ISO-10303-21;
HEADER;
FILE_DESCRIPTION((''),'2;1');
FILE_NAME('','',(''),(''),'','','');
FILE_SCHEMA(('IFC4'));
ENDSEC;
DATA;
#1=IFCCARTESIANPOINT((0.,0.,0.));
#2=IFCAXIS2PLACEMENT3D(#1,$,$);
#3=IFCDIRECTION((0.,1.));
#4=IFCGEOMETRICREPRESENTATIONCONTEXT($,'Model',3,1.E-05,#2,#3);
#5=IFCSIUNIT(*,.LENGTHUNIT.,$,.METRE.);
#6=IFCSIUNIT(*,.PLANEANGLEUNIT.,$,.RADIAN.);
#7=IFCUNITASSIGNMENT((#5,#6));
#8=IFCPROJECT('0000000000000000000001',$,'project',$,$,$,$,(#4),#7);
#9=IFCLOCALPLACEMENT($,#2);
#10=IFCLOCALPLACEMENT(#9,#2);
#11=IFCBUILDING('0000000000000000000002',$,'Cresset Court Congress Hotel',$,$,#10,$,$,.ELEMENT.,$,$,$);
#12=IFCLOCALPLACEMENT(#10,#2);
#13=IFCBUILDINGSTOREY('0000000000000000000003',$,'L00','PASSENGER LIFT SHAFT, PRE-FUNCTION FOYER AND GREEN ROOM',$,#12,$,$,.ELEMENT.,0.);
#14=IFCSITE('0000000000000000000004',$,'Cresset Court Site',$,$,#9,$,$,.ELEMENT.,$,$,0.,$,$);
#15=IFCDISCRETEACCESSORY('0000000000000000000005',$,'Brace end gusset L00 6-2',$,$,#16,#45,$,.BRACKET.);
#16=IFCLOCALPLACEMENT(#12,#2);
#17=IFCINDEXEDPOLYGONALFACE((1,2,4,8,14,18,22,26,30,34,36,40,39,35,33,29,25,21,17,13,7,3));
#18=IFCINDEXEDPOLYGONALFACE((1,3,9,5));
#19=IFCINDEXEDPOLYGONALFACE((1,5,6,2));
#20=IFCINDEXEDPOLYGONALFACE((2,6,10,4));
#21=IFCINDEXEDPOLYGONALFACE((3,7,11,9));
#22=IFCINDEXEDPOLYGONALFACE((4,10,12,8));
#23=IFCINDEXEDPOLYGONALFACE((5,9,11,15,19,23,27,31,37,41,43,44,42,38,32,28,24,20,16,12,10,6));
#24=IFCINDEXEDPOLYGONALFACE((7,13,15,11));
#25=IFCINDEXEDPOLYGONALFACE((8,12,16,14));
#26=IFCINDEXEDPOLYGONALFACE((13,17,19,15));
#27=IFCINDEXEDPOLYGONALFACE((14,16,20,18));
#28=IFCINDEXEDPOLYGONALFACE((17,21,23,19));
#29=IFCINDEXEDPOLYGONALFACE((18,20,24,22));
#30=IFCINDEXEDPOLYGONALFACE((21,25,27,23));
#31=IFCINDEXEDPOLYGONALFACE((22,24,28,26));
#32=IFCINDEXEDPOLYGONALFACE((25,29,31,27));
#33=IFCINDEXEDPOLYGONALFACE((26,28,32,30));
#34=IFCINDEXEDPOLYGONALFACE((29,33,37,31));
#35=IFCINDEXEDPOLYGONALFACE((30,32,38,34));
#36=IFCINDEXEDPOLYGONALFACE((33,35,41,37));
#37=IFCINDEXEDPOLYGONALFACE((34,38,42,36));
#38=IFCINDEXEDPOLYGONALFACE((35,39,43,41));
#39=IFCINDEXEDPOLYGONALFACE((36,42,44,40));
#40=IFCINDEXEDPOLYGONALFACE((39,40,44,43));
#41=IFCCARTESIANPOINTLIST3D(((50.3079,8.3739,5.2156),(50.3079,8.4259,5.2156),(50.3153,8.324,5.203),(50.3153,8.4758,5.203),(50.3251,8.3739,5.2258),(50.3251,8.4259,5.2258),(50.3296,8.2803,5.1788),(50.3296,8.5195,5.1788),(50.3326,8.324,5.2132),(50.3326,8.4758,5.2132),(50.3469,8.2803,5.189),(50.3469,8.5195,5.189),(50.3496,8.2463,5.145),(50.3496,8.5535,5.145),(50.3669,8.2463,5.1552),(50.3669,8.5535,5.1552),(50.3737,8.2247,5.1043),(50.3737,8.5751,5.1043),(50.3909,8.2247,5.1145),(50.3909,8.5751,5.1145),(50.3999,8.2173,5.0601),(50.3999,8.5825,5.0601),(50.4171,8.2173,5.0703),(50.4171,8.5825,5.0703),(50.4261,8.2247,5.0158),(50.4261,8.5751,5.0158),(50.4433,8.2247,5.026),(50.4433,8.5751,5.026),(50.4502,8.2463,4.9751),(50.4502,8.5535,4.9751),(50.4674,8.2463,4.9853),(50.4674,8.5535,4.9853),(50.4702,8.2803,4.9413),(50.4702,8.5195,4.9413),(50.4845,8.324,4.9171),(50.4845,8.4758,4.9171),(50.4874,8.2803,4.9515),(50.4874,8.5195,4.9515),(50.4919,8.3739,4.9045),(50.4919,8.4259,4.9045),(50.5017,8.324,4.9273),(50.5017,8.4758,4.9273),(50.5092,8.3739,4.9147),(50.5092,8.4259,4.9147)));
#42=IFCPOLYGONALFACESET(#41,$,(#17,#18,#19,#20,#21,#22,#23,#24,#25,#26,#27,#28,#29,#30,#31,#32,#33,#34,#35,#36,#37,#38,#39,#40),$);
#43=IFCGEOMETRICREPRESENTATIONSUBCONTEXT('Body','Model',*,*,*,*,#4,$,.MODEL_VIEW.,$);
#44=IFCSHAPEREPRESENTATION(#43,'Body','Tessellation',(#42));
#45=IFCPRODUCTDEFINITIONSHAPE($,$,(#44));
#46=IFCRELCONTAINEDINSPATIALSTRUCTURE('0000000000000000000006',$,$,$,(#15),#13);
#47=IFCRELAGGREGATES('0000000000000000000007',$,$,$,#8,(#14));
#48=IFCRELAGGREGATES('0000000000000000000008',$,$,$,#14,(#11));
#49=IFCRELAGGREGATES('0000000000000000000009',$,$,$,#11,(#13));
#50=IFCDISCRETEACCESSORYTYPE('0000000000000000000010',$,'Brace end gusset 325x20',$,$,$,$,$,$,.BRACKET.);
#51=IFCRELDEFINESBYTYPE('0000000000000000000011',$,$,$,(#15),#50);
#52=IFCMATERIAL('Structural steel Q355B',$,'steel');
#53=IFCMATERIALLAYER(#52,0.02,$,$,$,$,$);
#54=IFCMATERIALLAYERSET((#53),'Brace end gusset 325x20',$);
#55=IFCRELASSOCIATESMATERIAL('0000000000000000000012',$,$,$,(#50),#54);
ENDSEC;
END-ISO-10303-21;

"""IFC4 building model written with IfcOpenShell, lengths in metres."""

from ifc_helpers import new_model, si_unit, direction, frame, origin, origin_2d, place, context, subcontext, project, spatial, circle, extrude, material, layer, layer_set, type_object, element, save


model = new_model("IFC4")

# Units and contexts
model_context = context("Model", 3, precision=1e-05, world=origin(), true_north=direction((0.0, 1.0)))
body_context = subcontext(model_context, "Body", "Model", "MODEL_VIEW")
ifc_project = project(units=[si_unit("LENGTHUNIT", "METRE"), si_unit("PLANEANGLEUNIT", "RADIAN")], contexts=[model_context])

# Site, building, storey
site_placement = place(None, origin())
site = spatial("IfcSite", under=ifc_project, at=site_placement, Name="Cresset Court Site", CompositionType="ELEMENT", RefElevation=0.0)
building_placement = place(site_placement, origin())
building = spatial("IfcBuilding", under=site, at=building_placement, Name="Cresset Court Congress Hotel", CompositionType="ELEMENT")
storey_placement = place(building_placement, origin())
storey = spatial("IfcBuildingStorey", under=building, at=storey_placement, Name="L00", Description="PASSENGER LIFT SHAFT, PRE-FUNCTION FOYER AND GREEN ROOM", CompositionType="ELEMENT", Elevation=0.0)

# Discrete accessory
ifc_material_1 = material(Name="Structural steel Q355B", Category="steel")
ifc_layer_1 = layer(ifc_material_1, 0.02)
ifc_layer_set_1 = layer_set([ifc_layer_1], Name="Brace end gusset 325x20")
discrete_accessory_type = type_object("IfcDiscreteAccessoryType", Name="Brace end gusset 325x20", PredefinedType="BRACKET", material=ifc_layer_set_1)
discrete_accessory_placement = place(storey_placement, frame((50.3999, 8.3999, 5.0601), z_axis=(0.860685, 0.0, 0.509138), x_axis=(0.0, 1.0, 0.0)))
element("IfcDiscreteAccessory", 1, at=discrete_accessory_placement, inside=storey, type_object=discrete_accessory_type, Name="Brace end gusset L00 6-2", PredefinedType="BRACKET", context=body_context, shape_type="SweptSolid", body=[
    extrude(circle(Radius=0.1826, at=origin_2d()), origin(), (0.0, 0.0, 1.0), 0.02),
])

save(model, "model.ifc")
